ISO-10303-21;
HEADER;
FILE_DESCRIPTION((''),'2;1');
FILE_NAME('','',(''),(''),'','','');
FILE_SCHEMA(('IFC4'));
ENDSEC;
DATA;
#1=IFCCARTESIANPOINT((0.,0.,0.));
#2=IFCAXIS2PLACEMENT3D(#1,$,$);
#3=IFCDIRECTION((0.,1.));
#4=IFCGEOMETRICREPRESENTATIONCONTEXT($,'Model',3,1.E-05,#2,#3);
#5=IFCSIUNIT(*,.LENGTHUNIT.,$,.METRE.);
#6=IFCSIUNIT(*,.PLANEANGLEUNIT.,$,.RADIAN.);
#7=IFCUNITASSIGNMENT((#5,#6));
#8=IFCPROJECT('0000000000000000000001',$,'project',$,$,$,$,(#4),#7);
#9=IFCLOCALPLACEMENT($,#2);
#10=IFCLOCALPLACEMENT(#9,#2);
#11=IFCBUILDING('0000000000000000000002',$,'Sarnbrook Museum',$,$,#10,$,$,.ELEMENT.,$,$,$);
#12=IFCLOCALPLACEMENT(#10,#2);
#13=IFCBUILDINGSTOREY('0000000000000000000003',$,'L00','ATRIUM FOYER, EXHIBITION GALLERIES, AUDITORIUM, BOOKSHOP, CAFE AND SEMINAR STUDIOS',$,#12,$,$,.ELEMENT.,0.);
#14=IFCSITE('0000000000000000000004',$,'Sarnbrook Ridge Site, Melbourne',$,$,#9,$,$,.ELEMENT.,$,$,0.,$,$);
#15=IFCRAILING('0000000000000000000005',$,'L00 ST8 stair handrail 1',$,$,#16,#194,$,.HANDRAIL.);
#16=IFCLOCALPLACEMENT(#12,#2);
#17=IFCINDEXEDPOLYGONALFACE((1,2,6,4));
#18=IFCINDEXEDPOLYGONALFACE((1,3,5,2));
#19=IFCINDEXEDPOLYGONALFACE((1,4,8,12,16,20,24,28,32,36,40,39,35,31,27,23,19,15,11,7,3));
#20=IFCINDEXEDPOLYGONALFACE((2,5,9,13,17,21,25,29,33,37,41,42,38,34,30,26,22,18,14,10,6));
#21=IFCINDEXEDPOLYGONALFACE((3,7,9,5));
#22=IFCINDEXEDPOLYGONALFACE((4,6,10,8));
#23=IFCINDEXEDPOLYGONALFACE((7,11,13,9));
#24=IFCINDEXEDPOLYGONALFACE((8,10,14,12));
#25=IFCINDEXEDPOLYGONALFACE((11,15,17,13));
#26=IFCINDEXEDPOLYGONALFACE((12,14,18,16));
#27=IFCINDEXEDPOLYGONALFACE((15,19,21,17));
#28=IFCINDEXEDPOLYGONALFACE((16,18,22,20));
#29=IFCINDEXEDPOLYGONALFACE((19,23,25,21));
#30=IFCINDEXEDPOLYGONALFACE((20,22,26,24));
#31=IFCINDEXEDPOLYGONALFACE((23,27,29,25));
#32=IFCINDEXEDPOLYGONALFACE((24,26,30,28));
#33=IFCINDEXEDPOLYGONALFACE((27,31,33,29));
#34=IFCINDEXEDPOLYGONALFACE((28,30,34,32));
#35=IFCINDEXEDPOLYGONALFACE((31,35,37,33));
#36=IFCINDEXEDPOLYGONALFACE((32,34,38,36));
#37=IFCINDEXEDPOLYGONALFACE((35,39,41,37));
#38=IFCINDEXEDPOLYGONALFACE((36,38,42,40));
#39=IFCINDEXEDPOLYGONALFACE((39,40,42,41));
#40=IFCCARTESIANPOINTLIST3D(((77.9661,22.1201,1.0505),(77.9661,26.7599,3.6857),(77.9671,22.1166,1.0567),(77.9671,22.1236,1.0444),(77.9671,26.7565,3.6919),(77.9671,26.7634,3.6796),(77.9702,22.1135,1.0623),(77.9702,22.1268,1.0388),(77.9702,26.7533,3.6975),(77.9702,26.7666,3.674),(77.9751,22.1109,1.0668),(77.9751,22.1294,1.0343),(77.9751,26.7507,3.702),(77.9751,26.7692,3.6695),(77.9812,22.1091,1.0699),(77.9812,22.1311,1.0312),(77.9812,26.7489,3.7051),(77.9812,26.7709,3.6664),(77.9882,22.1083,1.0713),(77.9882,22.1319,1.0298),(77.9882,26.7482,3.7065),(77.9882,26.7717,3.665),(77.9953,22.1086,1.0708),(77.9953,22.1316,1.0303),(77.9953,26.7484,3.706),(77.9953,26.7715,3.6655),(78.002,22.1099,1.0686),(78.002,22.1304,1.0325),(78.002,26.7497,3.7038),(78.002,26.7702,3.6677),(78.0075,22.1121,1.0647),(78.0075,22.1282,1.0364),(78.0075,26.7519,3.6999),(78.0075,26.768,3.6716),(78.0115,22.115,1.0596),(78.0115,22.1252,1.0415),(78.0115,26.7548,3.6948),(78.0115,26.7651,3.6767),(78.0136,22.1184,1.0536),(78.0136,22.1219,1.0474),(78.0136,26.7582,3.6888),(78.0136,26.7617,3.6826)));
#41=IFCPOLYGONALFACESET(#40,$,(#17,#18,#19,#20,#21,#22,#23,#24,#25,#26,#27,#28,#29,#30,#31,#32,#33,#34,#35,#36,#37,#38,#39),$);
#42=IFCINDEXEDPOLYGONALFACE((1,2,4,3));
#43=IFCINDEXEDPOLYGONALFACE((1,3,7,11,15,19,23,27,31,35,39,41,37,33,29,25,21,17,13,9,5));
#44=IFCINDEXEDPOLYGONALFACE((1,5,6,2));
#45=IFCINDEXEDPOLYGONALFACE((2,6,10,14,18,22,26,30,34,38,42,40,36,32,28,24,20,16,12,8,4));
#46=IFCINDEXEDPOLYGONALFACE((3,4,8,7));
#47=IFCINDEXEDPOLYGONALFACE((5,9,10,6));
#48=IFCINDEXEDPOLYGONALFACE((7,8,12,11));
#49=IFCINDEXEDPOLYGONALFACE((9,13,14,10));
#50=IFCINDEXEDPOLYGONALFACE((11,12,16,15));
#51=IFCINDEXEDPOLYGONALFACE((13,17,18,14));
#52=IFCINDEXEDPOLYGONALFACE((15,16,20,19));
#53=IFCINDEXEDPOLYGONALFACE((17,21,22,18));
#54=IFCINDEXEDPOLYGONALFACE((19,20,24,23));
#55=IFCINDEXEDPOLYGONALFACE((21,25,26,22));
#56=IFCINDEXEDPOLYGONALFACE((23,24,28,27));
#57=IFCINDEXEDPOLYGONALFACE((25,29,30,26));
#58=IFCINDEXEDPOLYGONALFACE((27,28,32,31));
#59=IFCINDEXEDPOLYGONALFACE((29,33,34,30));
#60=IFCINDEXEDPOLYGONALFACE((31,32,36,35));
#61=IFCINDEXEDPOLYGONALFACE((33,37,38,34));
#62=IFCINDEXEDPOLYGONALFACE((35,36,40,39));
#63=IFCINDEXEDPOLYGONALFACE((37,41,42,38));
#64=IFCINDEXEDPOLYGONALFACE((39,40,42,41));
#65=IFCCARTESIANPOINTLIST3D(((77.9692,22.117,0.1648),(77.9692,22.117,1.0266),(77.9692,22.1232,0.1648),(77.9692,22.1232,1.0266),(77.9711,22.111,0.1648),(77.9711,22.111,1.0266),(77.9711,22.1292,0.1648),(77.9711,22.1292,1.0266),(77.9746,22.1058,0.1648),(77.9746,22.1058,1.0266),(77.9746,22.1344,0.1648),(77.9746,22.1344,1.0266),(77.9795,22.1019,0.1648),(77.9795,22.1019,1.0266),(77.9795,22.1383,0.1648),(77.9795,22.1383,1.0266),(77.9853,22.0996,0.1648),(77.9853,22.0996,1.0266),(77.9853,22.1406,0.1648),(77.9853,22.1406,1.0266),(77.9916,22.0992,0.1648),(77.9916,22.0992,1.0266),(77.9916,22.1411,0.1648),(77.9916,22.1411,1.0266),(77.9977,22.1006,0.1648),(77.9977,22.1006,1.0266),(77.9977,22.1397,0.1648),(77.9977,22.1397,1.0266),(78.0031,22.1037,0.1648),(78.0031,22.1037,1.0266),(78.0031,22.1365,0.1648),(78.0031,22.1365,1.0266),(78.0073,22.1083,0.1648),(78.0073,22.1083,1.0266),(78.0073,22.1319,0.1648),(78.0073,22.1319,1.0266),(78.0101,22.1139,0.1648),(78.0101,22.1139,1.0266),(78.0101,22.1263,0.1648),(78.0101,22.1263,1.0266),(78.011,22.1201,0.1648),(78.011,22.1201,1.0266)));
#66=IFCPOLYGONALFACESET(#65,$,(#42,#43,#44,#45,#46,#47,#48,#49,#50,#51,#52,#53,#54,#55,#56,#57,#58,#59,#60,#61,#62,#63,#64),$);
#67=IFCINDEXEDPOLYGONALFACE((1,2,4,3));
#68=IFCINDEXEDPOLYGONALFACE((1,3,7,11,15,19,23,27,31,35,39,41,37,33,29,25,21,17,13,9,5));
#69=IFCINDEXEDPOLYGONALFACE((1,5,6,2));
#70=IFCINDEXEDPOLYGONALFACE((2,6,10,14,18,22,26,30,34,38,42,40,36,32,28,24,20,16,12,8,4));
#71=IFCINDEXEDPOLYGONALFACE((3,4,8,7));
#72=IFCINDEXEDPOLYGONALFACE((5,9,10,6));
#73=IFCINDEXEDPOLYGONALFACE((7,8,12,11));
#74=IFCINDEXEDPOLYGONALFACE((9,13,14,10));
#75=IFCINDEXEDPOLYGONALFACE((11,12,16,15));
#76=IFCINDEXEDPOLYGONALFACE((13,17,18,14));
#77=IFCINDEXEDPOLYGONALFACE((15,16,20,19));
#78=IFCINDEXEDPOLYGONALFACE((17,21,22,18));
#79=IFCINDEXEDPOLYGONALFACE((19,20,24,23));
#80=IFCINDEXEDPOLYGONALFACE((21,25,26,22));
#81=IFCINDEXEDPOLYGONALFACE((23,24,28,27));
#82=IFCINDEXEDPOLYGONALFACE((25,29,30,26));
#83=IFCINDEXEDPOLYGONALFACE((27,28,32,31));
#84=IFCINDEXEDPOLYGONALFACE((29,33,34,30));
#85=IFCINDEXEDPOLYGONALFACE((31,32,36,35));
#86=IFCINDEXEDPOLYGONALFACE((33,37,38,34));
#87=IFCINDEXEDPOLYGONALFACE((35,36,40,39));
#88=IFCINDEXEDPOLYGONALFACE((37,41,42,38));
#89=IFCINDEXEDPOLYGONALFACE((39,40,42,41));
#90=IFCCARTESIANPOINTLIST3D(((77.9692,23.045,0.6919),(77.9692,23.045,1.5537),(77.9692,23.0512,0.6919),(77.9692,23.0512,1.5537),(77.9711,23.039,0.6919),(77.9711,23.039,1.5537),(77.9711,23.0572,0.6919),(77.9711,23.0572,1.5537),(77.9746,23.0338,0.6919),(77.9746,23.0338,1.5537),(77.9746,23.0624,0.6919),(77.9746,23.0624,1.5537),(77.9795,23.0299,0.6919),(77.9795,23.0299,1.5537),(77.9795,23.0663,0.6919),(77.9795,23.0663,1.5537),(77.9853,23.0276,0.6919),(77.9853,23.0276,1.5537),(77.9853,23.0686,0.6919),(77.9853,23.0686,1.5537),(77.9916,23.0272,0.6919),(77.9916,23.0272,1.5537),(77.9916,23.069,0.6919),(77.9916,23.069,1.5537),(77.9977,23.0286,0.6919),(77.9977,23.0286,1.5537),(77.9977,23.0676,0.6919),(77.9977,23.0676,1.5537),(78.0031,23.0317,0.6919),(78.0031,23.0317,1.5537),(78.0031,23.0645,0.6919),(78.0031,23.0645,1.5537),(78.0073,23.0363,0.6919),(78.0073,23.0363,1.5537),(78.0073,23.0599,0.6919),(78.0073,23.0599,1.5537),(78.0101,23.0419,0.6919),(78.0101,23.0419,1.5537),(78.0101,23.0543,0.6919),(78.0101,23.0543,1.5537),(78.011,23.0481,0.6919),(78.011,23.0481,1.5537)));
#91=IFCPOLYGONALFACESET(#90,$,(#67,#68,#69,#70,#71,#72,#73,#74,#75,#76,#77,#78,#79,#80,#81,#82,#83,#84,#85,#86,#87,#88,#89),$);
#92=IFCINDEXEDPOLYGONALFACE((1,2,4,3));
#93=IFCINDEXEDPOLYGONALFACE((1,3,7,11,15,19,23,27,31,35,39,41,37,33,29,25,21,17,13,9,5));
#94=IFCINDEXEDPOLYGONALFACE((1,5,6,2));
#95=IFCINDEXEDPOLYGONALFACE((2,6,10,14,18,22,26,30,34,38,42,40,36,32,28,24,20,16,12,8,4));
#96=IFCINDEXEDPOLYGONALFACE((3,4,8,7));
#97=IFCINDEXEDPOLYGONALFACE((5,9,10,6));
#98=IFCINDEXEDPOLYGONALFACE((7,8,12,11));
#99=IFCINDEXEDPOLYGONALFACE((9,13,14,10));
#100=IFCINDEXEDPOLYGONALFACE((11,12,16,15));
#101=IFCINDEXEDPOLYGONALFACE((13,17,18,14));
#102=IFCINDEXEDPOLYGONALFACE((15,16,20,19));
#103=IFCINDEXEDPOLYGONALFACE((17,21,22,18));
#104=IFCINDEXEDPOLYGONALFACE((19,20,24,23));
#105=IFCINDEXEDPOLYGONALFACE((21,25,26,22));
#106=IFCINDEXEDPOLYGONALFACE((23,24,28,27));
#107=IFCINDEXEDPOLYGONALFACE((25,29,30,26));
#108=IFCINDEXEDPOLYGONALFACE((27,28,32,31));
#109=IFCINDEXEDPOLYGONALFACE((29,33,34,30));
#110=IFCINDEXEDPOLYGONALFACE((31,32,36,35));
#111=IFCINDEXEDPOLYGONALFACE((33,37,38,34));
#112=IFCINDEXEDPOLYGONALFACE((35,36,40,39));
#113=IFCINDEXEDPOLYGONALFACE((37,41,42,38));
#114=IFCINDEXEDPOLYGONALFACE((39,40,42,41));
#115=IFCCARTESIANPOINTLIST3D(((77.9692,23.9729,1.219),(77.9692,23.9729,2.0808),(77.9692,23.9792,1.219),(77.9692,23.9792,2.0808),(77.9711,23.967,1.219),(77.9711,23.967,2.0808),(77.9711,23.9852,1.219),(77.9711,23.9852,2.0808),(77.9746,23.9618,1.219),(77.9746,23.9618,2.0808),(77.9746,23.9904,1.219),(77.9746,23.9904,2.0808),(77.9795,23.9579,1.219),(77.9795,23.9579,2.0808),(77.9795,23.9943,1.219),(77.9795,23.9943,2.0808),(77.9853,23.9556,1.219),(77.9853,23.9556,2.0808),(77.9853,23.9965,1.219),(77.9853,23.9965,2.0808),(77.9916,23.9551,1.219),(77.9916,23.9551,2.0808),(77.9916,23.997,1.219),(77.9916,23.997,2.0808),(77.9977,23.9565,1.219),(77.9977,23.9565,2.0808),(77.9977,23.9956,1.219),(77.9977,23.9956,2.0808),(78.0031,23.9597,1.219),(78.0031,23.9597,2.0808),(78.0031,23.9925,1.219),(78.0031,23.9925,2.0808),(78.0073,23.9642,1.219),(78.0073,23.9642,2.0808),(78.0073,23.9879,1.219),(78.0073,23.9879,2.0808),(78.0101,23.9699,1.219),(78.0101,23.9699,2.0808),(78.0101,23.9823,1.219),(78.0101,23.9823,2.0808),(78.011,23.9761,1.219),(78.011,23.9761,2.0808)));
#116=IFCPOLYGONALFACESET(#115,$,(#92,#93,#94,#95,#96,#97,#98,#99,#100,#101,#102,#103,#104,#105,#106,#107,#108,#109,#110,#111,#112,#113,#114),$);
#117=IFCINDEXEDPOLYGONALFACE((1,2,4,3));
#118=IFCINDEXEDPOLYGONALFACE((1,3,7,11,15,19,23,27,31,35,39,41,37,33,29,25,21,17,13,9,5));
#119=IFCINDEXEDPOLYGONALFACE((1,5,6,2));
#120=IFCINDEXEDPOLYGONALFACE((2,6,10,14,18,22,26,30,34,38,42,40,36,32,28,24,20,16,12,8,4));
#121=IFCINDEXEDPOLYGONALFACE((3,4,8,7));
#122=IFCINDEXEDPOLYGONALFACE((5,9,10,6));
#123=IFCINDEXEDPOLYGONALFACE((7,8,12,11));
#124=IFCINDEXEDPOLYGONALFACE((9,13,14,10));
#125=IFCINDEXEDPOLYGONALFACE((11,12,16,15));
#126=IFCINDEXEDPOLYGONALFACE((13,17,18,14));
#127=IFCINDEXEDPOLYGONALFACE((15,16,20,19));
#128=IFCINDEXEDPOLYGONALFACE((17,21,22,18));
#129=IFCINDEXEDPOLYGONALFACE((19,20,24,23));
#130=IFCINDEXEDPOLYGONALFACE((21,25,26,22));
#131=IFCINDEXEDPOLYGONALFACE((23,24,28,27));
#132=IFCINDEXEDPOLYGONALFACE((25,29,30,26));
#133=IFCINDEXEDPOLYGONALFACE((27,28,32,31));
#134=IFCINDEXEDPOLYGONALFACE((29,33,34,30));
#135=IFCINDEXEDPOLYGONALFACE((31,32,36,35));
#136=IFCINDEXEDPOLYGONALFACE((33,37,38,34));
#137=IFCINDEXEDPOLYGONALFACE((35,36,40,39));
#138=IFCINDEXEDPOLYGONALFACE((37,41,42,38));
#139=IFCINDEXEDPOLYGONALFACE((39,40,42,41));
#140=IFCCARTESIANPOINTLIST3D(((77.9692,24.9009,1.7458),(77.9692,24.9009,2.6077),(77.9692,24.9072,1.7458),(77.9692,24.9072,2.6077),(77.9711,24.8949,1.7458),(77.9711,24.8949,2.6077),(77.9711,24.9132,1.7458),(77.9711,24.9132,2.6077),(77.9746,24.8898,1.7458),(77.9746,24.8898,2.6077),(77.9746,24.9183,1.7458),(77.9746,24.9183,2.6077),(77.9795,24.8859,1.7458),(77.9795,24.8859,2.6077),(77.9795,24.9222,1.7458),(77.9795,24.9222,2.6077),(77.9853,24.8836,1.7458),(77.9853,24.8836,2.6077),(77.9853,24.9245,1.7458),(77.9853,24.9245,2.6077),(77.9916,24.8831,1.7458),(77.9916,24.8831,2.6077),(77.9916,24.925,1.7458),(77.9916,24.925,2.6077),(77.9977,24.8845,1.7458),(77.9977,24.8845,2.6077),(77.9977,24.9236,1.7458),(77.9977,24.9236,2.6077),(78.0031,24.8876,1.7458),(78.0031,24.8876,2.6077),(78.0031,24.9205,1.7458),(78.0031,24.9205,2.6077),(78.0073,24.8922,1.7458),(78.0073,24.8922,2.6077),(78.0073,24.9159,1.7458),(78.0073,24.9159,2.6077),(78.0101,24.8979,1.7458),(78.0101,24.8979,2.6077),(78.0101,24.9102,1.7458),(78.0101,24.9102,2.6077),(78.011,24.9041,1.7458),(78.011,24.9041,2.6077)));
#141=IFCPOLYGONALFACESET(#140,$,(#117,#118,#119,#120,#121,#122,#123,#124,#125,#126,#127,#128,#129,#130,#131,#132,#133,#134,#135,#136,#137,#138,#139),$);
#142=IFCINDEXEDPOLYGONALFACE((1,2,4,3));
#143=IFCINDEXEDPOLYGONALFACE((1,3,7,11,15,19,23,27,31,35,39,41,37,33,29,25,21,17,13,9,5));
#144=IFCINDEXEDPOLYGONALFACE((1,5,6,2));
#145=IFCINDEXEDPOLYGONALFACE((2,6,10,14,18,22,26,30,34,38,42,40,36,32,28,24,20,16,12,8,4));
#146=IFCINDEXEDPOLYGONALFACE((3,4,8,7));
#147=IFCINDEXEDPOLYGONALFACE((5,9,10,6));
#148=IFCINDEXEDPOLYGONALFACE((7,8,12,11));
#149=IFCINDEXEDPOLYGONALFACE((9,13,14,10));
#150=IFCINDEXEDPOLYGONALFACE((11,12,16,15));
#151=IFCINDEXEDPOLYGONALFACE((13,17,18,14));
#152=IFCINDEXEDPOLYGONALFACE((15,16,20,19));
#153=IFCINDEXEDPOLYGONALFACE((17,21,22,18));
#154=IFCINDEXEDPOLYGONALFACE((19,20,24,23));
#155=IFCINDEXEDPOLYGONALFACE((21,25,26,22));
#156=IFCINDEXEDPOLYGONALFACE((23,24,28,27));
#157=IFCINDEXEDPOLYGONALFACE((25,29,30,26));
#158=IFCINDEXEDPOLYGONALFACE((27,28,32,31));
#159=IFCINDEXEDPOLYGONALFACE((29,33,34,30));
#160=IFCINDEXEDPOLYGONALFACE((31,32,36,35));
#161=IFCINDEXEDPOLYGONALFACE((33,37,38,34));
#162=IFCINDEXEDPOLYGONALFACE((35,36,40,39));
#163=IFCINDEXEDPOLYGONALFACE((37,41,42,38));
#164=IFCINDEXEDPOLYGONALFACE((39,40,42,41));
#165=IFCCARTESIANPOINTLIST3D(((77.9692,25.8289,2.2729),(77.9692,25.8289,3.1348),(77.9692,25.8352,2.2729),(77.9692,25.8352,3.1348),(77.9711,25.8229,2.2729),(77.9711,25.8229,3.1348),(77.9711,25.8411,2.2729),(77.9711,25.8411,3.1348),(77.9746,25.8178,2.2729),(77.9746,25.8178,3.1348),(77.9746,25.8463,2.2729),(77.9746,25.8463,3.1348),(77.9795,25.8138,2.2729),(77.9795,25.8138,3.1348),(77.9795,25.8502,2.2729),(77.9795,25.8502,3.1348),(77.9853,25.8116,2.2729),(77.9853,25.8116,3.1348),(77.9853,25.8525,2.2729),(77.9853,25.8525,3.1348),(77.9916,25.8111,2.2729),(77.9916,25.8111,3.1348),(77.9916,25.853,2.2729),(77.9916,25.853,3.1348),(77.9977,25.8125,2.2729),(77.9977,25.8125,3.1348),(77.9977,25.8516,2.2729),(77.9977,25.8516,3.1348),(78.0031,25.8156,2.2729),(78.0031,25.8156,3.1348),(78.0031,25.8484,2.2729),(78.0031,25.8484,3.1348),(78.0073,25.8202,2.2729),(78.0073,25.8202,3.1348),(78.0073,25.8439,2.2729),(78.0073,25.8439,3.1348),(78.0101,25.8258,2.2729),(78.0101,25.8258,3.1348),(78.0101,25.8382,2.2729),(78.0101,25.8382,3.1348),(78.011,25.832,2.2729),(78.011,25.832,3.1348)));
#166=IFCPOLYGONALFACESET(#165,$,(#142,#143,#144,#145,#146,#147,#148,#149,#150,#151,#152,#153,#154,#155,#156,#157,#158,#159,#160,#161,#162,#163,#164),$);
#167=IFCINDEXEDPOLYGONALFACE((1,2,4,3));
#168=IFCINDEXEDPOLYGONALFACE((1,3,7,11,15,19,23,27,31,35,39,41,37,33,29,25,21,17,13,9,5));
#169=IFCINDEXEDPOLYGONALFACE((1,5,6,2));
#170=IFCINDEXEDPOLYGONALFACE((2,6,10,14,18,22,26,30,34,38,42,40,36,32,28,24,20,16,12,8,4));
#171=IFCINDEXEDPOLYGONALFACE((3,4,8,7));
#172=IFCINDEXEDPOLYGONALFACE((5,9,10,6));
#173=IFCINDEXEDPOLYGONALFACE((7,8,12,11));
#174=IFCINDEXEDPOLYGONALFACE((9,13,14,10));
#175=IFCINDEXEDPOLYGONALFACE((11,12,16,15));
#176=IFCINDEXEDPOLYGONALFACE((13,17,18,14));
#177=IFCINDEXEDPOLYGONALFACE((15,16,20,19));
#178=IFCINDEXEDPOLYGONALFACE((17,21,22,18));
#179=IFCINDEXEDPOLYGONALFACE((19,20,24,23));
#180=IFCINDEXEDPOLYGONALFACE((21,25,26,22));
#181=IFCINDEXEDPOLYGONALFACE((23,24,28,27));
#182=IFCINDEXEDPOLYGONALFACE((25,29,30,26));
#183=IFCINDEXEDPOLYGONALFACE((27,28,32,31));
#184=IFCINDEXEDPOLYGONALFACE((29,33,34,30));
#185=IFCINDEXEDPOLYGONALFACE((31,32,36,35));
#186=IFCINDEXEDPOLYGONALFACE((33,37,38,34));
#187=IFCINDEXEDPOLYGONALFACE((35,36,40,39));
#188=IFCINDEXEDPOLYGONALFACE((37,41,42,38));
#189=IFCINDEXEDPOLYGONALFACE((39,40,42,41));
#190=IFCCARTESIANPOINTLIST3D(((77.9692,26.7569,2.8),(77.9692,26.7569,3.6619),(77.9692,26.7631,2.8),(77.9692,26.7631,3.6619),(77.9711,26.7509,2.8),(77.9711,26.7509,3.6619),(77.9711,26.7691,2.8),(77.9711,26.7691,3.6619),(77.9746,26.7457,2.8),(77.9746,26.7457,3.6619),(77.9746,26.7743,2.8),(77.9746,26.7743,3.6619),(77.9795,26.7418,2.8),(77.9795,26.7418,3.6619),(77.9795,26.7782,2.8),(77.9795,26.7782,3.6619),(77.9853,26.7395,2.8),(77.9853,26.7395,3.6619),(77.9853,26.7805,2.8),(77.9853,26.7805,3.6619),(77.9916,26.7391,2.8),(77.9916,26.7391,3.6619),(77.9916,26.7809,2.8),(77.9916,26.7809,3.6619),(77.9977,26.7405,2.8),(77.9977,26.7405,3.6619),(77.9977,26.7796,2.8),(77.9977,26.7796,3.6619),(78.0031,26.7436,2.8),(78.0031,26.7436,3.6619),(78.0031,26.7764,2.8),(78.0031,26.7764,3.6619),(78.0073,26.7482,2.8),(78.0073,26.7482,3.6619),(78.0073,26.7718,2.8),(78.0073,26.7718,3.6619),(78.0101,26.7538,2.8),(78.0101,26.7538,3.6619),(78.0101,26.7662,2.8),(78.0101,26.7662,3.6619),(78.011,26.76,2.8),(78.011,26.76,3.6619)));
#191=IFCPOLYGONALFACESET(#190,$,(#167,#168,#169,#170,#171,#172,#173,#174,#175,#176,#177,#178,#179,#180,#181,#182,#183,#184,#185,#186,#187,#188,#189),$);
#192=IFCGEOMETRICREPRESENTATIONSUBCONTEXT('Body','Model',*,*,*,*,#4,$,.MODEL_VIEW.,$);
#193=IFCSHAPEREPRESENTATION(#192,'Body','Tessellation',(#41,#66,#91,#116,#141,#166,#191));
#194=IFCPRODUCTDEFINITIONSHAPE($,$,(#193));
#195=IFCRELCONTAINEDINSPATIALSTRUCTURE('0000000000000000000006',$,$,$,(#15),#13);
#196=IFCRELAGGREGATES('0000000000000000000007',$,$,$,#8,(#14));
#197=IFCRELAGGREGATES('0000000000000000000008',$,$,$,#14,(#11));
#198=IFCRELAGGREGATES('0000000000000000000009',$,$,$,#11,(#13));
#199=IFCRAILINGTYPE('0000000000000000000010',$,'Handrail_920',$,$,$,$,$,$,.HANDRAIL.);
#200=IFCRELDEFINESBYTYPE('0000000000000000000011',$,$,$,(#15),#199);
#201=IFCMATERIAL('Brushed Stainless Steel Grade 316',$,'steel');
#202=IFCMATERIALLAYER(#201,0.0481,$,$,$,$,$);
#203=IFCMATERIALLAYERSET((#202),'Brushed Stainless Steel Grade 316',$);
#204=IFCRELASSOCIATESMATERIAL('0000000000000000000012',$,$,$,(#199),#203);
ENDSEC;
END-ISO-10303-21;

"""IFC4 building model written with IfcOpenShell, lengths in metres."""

from ifc_helpers import new_model, si_unit, direction, frame, origin, origin_2d, place, context, subcontext, project, spatial, circle, extrude, material, layer, layer_set, type_object, element, save


model = new_model("IFC4")

# Units and contexts
model_context = context("Model", 3, precision=1e-05, world=origin(), true_north=direction((0.0, 1.0)))
body_context = subcontext(model_context, "Body", "Model", "MODEL_VIEW")
ifc_project = project(units=[si_unit("LENGTHUNIT", "METRE"), si_unit("PLANEANGLEUNIT", "RADIAN")], contexts=[model_context])

# Site, building, storey
site_placement = place(None, origin())
site = spatial("IfcSite", under=ifc_project, at=site_placement, Name="Sarnbrook Ridge Site, Melbourne", CompositionType="ELEMENT", RefElevation=0.0)
building_placement = place(site_placement, origin())
building = spatial("IfcBuilding", under=site, at=building_placement, Name="Sarnbrook Museum", CompositionType="ELEMENT")
storey_placement = place(building_placement, origin())
storey = spatial("IfcBuildingStorey", under=building, at=storey_placement, Name="L00", Description="ATRIUM FOYER, EXHIBITION GALLERIES, AUDITORIUM, BOOKSHOP, CAFE AND SEMINAR STUDIOS", CompositionType="ELEMENT", Elevation=0.0)

# Railing
ifc_material_1 = material(Name="Brushed Stainless Steel Grade 316", Category="steel")
ifc_layer_1 = layer(ifc_material_1, 0.0481)
ifc_layer_set_1 = layer_set([ifc_layer_1], Name="Brushed Stainless Steel Grade 316")
railing_type_1 = type_object("IfcRailingType", Name="Handrail_920", PredefinedType="HANDRAIL", material=ifc_layer_set_1)
railing_1_placement = place(storey_placement, frame((77.99, 22.1201, 0.1648)))
element("IfcRailing", 1, at=railing_1_placement, inside=storey, type_object=railing_type_1, Name="L00 ST8 stair handrail 1", PredefinedType="HANDRAIL", context=body_context, shape_type="SweptSolid", body=[
    extrude(circle(Radius=0.0239, at=origin_2d()), frame((0.0, 0.0, 0.8857), z_axis=(0.0, 0.869541, 0.493861), x_axis=(-1.0, 0.0, 0.0)), (0.0, 0.0, 1.0), 5.3359),
    extrude(circle(Radius=0.021, at=origin_2d()), origin(), (0.0, 0.0, 1.0), 0.8618),
    extrude(circle(Radius=0.021, at=origin_2d()), frame((0.0, 0.928, 0.5271)), (0.0, 0.0, 1.0), 0.8618),
    extrude(circle(Radius=0.021, at=origin_2d()), frame((0.0, 1.856, 1.0542)), (0.0, 0.0, 1.0), 0.8618),
    extrude(circle(Radius=0.021, at=origin_2d()), frame((0.0, 2.7839, 1.5811)), (0.0, 0.0, 1.0), 0.8618),
    extrude(circle(Radius=0.021, at=origin_2d()), frame((0.0, 3.7119, 2.1082)), (0.0, 0.0, 1.0), 0.8618),
    extrude(circle(Radius=0.021, at=origin_2d()), frame((0.0, 4.6399, 2.6353)), (0.0, 0.0, 1.0), 0.8618),
])

save(model, "model.ifc")
